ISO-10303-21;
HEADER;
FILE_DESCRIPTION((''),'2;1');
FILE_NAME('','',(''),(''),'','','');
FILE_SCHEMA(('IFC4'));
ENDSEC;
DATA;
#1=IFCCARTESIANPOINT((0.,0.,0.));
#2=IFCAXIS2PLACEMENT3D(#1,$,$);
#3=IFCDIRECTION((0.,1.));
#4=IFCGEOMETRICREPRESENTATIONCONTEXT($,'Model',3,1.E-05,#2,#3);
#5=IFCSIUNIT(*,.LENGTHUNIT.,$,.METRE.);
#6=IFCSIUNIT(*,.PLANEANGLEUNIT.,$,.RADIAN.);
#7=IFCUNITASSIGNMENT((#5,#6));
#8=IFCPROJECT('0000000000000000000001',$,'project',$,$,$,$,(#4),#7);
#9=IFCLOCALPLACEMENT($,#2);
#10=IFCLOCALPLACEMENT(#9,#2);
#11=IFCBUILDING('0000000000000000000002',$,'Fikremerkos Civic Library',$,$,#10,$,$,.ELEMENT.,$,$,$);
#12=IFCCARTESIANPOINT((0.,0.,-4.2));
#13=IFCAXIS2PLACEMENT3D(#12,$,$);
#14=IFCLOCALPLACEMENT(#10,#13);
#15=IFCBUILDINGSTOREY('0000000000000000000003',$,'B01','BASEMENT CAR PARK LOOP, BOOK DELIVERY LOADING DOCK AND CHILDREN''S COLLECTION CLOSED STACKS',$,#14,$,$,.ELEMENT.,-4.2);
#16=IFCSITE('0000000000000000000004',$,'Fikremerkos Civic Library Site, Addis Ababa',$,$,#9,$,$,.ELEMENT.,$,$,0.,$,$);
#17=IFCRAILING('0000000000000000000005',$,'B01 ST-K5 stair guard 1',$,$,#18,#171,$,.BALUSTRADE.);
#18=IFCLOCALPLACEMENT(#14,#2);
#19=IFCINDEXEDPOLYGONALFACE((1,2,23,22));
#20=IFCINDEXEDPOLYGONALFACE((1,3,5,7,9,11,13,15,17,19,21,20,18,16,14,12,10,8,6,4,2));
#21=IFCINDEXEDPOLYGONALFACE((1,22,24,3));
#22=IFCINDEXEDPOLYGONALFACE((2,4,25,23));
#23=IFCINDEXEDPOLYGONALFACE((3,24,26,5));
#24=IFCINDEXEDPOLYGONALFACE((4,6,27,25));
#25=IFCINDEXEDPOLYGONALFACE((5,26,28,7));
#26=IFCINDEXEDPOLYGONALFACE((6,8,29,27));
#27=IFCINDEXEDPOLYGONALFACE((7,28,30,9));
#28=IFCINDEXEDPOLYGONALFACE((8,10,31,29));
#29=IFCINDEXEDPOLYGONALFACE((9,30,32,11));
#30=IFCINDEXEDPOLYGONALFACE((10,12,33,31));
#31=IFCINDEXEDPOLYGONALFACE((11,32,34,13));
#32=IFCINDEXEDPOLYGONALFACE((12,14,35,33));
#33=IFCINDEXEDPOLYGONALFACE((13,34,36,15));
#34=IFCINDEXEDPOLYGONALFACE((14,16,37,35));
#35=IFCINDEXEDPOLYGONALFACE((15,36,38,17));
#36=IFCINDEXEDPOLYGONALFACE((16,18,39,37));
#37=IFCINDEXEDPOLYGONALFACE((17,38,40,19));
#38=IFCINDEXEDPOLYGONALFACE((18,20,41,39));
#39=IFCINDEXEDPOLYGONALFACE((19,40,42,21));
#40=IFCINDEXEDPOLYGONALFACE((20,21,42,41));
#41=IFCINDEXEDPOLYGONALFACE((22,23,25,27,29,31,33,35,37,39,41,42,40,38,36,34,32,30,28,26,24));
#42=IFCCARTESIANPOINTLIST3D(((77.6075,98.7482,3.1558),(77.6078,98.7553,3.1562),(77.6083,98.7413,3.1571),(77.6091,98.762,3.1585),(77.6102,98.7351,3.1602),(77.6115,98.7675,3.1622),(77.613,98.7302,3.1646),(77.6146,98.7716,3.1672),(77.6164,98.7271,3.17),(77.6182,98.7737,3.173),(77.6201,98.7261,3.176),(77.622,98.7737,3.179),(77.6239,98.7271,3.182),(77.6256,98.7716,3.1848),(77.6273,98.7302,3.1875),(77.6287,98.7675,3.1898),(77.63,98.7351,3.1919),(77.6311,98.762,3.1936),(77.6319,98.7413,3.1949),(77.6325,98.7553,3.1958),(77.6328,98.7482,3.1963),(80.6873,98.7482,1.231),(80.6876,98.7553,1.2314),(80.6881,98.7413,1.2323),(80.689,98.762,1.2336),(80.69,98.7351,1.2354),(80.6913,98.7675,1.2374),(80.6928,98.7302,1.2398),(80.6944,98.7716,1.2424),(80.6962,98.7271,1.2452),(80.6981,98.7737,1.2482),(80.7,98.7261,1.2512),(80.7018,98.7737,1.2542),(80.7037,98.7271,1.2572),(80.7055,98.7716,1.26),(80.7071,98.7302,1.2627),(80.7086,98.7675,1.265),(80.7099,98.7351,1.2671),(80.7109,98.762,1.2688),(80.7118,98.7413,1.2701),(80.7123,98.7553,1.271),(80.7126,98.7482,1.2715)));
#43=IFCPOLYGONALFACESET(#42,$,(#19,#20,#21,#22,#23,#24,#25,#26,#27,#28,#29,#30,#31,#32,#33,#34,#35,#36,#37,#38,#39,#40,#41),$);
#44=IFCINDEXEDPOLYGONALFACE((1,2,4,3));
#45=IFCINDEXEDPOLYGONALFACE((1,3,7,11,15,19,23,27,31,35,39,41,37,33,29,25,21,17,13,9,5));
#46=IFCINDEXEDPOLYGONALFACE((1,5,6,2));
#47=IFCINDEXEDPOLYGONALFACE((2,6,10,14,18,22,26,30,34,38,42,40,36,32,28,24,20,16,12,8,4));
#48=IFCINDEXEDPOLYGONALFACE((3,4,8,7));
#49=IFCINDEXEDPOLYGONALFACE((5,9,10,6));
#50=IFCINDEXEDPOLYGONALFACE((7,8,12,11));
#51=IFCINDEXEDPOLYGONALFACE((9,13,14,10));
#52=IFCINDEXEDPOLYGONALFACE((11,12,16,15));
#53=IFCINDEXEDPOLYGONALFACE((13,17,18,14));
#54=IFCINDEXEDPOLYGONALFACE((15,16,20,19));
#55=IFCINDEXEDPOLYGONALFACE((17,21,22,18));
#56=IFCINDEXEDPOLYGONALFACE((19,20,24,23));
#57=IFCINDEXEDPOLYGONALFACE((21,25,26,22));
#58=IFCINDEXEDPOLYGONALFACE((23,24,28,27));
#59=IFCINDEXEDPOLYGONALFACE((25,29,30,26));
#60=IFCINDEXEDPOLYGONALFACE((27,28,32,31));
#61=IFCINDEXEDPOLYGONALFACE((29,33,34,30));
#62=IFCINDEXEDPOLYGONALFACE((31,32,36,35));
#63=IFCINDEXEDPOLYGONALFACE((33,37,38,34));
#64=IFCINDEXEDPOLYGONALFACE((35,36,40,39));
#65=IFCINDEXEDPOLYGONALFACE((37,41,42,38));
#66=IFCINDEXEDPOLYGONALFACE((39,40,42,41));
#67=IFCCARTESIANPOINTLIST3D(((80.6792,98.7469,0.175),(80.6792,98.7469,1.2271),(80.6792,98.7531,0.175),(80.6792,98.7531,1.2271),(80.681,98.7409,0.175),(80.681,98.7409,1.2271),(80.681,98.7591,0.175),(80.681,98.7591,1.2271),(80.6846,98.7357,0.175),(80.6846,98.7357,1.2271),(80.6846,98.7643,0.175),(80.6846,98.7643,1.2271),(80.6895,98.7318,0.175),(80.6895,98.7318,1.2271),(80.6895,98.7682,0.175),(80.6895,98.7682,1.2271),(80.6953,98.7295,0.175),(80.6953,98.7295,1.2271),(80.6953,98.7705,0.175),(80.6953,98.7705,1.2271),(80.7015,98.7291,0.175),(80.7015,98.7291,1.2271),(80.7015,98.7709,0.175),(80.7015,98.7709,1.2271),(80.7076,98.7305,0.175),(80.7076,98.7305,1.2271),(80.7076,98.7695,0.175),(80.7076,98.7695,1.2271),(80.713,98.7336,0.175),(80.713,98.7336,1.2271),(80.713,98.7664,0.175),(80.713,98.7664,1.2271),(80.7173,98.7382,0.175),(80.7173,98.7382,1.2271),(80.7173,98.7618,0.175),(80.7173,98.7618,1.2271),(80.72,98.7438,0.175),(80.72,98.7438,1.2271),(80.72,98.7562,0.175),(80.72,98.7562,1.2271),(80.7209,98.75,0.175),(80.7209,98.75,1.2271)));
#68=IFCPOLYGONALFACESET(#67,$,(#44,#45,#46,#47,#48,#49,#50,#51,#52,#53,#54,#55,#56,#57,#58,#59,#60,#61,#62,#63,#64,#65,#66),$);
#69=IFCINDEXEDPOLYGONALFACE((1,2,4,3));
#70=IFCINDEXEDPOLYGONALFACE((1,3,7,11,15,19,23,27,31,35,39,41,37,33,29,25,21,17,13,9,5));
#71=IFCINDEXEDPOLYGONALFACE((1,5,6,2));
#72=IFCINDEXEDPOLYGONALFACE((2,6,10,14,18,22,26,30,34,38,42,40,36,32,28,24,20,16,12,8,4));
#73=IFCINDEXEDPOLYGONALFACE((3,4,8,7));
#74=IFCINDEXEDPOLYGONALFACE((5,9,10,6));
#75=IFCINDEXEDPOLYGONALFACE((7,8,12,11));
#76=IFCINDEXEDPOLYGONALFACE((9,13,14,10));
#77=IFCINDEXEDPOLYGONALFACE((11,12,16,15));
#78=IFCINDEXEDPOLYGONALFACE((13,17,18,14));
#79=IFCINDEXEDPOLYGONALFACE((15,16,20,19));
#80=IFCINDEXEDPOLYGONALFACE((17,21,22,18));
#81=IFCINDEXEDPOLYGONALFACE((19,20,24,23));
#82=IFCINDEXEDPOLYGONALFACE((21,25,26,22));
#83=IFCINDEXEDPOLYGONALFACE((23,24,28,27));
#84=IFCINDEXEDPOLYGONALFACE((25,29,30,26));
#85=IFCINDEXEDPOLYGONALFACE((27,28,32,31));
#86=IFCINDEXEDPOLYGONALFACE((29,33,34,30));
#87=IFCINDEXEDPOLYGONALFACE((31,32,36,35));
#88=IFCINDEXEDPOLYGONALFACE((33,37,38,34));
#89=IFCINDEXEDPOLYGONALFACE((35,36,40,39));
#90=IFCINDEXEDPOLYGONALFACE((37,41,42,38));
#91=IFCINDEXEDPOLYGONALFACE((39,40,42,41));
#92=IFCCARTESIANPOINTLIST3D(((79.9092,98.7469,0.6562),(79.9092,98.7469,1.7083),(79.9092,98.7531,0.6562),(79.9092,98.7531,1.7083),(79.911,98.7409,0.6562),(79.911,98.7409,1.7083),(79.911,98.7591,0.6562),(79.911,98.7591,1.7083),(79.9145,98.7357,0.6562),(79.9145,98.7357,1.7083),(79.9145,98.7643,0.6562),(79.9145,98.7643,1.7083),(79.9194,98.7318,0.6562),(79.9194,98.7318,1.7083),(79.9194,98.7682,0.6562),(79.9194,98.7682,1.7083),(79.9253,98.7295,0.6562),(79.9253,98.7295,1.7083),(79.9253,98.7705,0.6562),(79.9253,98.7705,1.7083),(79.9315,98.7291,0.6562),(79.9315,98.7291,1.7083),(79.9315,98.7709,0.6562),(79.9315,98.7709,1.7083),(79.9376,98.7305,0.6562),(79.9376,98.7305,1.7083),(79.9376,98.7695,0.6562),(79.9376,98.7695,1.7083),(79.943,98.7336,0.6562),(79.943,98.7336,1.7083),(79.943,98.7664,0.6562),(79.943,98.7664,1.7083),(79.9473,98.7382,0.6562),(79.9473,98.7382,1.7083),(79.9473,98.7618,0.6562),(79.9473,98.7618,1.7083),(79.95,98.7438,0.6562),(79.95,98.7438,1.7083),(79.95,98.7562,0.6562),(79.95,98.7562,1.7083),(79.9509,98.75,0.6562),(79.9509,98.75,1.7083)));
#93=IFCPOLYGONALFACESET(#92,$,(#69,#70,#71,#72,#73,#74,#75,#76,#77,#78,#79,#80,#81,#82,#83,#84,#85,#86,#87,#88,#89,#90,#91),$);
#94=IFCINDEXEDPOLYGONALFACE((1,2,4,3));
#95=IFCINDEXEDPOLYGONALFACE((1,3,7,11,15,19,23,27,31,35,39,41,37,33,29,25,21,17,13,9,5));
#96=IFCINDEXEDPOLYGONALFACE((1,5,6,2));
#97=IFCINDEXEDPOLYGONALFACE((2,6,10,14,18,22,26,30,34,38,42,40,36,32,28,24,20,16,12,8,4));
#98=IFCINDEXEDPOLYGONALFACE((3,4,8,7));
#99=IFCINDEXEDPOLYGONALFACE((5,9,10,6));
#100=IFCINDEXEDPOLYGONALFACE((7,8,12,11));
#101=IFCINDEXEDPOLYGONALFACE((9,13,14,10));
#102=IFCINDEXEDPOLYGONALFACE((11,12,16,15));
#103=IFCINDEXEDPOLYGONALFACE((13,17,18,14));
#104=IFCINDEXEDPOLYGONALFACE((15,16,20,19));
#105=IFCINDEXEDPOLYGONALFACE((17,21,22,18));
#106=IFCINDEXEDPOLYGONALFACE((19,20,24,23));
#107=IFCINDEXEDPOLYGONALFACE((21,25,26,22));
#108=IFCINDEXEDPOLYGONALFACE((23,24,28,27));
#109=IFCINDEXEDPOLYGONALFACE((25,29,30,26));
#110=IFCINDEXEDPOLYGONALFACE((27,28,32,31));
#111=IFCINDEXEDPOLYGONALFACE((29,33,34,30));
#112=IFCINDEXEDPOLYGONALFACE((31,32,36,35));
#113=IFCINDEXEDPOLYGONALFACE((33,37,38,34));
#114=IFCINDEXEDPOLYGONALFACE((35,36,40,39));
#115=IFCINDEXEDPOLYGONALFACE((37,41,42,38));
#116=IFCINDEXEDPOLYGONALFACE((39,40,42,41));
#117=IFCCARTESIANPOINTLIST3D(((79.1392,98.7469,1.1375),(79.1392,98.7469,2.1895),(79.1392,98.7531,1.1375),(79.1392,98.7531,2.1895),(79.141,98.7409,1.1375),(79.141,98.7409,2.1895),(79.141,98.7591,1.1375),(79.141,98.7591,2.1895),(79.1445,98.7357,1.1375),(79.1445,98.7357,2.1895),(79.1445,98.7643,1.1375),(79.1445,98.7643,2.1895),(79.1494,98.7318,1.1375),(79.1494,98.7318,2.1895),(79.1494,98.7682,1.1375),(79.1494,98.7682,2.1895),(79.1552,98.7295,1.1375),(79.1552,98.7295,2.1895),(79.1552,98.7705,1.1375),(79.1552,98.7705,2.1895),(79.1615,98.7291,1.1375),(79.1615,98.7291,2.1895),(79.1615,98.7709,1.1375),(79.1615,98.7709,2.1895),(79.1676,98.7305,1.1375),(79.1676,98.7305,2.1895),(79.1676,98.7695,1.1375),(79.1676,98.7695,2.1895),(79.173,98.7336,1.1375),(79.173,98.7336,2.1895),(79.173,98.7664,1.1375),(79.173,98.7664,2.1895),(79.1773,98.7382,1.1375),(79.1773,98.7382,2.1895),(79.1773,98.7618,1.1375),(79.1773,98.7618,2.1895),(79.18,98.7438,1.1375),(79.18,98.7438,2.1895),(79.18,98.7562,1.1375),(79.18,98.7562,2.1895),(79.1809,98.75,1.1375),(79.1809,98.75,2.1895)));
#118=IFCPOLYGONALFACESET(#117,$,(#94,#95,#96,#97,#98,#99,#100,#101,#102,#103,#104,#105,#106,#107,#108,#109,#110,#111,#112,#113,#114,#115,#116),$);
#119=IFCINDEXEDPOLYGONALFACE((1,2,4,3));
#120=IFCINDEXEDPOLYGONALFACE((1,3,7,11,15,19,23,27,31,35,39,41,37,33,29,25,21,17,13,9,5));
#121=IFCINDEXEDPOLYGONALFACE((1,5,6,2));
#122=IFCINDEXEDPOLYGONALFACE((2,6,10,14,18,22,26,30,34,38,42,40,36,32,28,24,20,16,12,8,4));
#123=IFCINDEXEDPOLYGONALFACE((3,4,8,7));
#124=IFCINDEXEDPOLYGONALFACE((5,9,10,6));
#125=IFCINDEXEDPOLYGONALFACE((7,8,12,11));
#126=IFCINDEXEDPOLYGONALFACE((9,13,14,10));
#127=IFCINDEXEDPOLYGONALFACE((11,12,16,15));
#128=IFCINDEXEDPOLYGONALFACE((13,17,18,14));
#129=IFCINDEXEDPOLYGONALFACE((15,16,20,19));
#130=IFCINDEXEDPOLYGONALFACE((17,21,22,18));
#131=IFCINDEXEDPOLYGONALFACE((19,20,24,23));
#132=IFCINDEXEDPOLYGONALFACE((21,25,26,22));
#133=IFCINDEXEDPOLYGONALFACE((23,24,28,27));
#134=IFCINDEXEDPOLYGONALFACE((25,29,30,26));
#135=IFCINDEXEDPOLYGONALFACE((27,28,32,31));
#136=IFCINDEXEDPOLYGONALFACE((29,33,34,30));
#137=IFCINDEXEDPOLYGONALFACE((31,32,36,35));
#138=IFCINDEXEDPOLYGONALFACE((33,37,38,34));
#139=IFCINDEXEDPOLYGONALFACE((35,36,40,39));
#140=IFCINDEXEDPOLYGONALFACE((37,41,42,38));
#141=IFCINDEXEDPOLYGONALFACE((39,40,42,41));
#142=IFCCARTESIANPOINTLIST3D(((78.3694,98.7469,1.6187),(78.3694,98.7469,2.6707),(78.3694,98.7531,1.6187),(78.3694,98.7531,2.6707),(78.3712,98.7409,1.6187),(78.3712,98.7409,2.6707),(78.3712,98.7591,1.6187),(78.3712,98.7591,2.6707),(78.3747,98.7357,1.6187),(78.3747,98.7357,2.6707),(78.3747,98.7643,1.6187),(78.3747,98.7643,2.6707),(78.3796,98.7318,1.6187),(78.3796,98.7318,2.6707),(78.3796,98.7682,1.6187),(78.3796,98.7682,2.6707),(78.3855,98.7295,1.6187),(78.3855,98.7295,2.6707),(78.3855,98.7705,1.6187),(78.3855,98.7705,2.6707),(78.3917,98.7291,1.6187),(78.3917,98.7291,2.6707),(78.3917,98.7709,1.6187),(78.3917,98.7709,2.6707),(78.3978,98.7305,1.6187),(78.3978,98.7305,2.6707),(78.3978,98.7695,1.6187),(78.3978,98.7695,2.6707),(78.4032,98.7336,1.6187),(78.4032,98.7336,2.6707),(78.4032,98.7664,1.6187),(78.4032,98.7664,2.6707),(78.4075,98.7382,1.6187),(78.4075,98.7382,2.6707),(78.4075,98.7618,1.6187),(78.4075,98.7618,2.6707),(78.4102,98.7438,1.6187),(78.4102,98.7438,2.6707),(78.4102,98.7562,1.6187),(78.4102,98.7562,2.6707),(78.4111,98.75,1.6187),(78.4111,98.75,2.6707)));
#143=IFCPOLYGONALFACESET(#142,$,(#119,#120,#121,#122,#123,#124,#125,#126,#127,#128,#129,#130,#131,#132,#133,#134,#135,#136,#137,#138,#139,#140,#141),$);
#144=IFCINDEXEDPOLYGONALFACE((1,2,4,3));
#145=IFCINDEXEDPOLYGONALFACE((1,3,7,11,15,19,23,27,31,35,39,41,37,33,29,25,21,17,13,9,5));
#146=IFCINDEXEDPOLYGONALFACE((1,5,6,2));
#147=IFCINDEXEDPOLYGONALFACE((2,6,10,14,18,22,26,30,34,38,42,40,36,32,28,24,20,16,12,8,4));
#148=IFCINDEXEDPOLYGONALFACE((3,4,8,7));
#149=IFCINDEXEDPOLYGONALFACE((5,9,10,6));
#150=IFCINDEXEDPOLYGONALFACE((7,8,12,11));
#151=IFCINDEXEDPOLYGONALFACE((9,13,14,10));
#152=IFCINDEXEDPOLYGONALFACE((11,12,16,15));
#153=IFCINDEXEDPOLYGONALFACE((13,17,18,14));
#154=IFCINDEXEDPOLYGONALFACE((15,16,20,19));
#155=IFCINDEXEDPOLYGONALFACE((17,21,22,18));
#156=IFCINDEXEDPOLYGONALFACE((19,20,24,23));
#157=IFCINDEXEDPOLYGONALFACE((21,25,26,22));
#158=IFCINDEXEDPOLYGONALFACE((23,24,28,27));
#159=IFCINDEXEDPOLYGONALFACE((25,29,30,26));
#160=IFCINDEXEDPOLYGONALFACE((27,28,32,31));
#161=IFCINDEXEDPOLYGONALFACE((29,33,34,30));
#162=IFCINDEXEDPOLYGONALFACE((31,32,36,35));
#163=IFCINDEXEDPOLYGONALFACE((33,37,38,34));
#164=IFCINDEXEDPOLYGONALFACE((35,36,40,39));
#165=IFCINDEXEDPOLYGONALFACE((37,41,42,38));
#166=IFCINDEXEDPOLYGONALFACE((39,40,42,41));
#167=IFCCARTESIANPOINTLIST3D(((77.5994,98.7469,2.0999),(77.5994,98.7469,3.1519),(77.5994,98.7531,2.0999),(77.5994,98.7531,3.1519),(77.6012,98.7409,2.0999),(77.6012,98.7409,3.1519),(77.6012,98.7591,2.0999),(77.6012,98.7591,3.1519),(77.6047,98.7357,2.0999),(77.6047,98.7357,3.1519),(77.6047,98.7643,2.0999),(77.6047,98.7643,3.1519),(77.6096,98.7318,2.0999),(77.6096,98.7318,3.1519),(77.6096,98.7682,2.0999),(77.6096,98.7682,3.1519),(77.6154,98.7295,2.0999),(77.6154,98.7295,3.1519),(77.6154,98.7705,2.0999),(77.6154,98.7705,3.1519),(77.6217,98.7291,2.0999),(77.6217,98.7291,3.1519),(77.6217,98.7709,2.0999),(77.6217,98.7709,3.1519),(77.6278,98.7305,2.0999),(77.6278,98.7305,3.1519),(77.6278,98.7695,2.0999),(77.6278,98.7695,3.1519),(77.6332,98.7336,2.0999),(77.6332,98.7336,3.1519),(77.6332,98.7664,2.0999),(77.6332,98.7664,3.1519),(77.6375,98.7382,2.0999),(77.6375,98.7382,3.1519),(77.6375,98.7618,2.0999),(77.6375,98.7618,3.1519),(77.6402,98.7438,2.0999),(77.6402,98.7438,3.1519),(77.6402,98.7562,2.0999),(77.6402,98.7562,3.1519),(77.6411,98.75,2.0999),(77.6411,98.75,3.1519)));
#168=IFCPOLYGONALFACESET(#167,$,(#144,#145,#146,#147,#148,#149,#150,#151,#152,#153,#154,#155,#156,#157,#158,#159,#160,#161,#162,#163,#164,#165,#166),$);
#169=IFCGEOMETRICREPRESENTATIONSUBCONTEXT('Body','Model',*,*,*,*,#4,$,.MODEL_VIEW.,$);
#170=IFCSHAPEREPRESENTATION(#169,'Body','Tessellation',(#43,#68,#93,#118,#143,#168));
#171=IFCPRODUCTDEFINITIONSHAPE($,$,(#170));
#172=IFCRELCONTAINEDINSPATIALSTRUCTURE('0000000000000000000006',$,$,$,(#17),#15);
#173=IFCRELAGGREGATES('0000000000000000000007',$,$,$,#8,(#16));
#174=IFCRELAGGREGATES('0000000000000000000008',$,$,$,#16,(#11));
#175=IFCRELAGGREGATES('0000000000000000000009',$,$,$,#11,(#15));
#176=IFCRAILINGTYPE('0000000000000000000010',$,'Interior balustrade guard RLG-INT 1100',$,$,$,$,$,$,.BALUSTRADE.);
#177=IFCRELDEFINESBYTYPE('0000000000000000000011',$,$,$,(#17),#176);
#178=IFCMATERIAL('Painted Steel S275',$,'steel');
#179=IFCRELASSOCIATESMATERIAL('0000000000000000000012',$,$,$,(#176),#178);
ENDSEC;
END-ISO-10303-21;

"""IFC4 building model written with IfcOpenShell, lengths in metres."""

from ifc_helpers import new_model, si_unit, direction, frame, origin, origin_2d, place, context, subcontext, project, spatial, circle, extrude, material, type_object, element, save


model = new_model("IFC4")

# Units and contexts
model_context = context("Model", 3, precision=1e-05, world=origin(), true_north=direction((0.0, 1.0)))
body_context = subcontext(model_context, "Body", "Model", "MODEL_VIEW")
ifc_project = project(units=[si_unit("LENGTHUNIT", "METRE"), si_unit("PLANEANGLEUNIT", "RADIAN")], contexts=[model_context])

# Site, building, storey
site_placement = place(None, origin())
site = spatial("IfcSite", under=ifc_project, at=site_placement, Name="Fikremerkos Civic Library Site, Addis Ababa", CompositionType="ELEMENT", RefElevation=0.0)
building_placement = place(site_placement, origin())
building = spatial("IfcBuilding", under=site, at=building_placement, Name="Fikremerkos Civic Library", CompositionType="ELEMENT")
storey_placement = place(building_placement, frame((0.0, 0.0, -4.2)))
storey = spatial("IfcBuildingStorey", under=building, at=storey_placement, Name="B01", Description="BASEMENT CAR PARK LOOP, BOOK DELIVERY LOADING DOCK AND CHILDREN'S COLLECTION CLOSED STACKS", CompositionType="ELEMENT", Elevation=-4.2)

# Railing
ifc_material_1 = material(Name="Painted Steel S275", Category="steel")
railing_type_1 = type_object("IfcRailingType", Name="Interior balustrade guard RLG-INT 1100", PredefinedType="BALUSTRADE", material=ifc_material_1)
railing_1_placement = place(storey_placement, frame((80.7, 98.75, 0.175)))
element("IfcRailing", 1, at=railing_1_placement, inside=storey, type_object=railing_type_1, Name="B01 ST-K5 stair guard 1", PredefinedType="BALUSTRADE", context=body_context, shape_type="SweptSolid", body=[
    extrude(circle(Radius=0.0239, at=origin_2d()), frame((0.0, 0.0, 1.0762), z_axis=(-0.84801, 0.0, 0.529981), x_axis=(0.0, -1.0, 0.0)), (0.0, 0.0, 1.0), 3.6318),
    extrude(circle(Radius=0.021, at=origin_2d()), origin(), (0.0, 0.0, 1.0), 1.052),
    extrude(circle(Radius=0.021, at=origin_2d()), frame((-0.77, 0.0, 0.4812)), (0.0, 0.0, 1.0), 1.052),
    extrude(circle(Radius=0.021, at=origin_2d()), frame((-1.54, 0.0, 0.9624)), (0.0, 0.0, 1.0), 1.052),
    extrude(circle(Radius=0.021, at=origin_2d()), frame((-2.3098, 0.0, 1.4436)), (0.0, 0.0, 1.0), 1.052),
    extrude(circle(Radius=0.021, at=origin_2d()), frame((-3.0798, 0.0, 1.9248)), (0.0, 0.0, 1.0), 1.052),
])

save(model, "model.ifc")
